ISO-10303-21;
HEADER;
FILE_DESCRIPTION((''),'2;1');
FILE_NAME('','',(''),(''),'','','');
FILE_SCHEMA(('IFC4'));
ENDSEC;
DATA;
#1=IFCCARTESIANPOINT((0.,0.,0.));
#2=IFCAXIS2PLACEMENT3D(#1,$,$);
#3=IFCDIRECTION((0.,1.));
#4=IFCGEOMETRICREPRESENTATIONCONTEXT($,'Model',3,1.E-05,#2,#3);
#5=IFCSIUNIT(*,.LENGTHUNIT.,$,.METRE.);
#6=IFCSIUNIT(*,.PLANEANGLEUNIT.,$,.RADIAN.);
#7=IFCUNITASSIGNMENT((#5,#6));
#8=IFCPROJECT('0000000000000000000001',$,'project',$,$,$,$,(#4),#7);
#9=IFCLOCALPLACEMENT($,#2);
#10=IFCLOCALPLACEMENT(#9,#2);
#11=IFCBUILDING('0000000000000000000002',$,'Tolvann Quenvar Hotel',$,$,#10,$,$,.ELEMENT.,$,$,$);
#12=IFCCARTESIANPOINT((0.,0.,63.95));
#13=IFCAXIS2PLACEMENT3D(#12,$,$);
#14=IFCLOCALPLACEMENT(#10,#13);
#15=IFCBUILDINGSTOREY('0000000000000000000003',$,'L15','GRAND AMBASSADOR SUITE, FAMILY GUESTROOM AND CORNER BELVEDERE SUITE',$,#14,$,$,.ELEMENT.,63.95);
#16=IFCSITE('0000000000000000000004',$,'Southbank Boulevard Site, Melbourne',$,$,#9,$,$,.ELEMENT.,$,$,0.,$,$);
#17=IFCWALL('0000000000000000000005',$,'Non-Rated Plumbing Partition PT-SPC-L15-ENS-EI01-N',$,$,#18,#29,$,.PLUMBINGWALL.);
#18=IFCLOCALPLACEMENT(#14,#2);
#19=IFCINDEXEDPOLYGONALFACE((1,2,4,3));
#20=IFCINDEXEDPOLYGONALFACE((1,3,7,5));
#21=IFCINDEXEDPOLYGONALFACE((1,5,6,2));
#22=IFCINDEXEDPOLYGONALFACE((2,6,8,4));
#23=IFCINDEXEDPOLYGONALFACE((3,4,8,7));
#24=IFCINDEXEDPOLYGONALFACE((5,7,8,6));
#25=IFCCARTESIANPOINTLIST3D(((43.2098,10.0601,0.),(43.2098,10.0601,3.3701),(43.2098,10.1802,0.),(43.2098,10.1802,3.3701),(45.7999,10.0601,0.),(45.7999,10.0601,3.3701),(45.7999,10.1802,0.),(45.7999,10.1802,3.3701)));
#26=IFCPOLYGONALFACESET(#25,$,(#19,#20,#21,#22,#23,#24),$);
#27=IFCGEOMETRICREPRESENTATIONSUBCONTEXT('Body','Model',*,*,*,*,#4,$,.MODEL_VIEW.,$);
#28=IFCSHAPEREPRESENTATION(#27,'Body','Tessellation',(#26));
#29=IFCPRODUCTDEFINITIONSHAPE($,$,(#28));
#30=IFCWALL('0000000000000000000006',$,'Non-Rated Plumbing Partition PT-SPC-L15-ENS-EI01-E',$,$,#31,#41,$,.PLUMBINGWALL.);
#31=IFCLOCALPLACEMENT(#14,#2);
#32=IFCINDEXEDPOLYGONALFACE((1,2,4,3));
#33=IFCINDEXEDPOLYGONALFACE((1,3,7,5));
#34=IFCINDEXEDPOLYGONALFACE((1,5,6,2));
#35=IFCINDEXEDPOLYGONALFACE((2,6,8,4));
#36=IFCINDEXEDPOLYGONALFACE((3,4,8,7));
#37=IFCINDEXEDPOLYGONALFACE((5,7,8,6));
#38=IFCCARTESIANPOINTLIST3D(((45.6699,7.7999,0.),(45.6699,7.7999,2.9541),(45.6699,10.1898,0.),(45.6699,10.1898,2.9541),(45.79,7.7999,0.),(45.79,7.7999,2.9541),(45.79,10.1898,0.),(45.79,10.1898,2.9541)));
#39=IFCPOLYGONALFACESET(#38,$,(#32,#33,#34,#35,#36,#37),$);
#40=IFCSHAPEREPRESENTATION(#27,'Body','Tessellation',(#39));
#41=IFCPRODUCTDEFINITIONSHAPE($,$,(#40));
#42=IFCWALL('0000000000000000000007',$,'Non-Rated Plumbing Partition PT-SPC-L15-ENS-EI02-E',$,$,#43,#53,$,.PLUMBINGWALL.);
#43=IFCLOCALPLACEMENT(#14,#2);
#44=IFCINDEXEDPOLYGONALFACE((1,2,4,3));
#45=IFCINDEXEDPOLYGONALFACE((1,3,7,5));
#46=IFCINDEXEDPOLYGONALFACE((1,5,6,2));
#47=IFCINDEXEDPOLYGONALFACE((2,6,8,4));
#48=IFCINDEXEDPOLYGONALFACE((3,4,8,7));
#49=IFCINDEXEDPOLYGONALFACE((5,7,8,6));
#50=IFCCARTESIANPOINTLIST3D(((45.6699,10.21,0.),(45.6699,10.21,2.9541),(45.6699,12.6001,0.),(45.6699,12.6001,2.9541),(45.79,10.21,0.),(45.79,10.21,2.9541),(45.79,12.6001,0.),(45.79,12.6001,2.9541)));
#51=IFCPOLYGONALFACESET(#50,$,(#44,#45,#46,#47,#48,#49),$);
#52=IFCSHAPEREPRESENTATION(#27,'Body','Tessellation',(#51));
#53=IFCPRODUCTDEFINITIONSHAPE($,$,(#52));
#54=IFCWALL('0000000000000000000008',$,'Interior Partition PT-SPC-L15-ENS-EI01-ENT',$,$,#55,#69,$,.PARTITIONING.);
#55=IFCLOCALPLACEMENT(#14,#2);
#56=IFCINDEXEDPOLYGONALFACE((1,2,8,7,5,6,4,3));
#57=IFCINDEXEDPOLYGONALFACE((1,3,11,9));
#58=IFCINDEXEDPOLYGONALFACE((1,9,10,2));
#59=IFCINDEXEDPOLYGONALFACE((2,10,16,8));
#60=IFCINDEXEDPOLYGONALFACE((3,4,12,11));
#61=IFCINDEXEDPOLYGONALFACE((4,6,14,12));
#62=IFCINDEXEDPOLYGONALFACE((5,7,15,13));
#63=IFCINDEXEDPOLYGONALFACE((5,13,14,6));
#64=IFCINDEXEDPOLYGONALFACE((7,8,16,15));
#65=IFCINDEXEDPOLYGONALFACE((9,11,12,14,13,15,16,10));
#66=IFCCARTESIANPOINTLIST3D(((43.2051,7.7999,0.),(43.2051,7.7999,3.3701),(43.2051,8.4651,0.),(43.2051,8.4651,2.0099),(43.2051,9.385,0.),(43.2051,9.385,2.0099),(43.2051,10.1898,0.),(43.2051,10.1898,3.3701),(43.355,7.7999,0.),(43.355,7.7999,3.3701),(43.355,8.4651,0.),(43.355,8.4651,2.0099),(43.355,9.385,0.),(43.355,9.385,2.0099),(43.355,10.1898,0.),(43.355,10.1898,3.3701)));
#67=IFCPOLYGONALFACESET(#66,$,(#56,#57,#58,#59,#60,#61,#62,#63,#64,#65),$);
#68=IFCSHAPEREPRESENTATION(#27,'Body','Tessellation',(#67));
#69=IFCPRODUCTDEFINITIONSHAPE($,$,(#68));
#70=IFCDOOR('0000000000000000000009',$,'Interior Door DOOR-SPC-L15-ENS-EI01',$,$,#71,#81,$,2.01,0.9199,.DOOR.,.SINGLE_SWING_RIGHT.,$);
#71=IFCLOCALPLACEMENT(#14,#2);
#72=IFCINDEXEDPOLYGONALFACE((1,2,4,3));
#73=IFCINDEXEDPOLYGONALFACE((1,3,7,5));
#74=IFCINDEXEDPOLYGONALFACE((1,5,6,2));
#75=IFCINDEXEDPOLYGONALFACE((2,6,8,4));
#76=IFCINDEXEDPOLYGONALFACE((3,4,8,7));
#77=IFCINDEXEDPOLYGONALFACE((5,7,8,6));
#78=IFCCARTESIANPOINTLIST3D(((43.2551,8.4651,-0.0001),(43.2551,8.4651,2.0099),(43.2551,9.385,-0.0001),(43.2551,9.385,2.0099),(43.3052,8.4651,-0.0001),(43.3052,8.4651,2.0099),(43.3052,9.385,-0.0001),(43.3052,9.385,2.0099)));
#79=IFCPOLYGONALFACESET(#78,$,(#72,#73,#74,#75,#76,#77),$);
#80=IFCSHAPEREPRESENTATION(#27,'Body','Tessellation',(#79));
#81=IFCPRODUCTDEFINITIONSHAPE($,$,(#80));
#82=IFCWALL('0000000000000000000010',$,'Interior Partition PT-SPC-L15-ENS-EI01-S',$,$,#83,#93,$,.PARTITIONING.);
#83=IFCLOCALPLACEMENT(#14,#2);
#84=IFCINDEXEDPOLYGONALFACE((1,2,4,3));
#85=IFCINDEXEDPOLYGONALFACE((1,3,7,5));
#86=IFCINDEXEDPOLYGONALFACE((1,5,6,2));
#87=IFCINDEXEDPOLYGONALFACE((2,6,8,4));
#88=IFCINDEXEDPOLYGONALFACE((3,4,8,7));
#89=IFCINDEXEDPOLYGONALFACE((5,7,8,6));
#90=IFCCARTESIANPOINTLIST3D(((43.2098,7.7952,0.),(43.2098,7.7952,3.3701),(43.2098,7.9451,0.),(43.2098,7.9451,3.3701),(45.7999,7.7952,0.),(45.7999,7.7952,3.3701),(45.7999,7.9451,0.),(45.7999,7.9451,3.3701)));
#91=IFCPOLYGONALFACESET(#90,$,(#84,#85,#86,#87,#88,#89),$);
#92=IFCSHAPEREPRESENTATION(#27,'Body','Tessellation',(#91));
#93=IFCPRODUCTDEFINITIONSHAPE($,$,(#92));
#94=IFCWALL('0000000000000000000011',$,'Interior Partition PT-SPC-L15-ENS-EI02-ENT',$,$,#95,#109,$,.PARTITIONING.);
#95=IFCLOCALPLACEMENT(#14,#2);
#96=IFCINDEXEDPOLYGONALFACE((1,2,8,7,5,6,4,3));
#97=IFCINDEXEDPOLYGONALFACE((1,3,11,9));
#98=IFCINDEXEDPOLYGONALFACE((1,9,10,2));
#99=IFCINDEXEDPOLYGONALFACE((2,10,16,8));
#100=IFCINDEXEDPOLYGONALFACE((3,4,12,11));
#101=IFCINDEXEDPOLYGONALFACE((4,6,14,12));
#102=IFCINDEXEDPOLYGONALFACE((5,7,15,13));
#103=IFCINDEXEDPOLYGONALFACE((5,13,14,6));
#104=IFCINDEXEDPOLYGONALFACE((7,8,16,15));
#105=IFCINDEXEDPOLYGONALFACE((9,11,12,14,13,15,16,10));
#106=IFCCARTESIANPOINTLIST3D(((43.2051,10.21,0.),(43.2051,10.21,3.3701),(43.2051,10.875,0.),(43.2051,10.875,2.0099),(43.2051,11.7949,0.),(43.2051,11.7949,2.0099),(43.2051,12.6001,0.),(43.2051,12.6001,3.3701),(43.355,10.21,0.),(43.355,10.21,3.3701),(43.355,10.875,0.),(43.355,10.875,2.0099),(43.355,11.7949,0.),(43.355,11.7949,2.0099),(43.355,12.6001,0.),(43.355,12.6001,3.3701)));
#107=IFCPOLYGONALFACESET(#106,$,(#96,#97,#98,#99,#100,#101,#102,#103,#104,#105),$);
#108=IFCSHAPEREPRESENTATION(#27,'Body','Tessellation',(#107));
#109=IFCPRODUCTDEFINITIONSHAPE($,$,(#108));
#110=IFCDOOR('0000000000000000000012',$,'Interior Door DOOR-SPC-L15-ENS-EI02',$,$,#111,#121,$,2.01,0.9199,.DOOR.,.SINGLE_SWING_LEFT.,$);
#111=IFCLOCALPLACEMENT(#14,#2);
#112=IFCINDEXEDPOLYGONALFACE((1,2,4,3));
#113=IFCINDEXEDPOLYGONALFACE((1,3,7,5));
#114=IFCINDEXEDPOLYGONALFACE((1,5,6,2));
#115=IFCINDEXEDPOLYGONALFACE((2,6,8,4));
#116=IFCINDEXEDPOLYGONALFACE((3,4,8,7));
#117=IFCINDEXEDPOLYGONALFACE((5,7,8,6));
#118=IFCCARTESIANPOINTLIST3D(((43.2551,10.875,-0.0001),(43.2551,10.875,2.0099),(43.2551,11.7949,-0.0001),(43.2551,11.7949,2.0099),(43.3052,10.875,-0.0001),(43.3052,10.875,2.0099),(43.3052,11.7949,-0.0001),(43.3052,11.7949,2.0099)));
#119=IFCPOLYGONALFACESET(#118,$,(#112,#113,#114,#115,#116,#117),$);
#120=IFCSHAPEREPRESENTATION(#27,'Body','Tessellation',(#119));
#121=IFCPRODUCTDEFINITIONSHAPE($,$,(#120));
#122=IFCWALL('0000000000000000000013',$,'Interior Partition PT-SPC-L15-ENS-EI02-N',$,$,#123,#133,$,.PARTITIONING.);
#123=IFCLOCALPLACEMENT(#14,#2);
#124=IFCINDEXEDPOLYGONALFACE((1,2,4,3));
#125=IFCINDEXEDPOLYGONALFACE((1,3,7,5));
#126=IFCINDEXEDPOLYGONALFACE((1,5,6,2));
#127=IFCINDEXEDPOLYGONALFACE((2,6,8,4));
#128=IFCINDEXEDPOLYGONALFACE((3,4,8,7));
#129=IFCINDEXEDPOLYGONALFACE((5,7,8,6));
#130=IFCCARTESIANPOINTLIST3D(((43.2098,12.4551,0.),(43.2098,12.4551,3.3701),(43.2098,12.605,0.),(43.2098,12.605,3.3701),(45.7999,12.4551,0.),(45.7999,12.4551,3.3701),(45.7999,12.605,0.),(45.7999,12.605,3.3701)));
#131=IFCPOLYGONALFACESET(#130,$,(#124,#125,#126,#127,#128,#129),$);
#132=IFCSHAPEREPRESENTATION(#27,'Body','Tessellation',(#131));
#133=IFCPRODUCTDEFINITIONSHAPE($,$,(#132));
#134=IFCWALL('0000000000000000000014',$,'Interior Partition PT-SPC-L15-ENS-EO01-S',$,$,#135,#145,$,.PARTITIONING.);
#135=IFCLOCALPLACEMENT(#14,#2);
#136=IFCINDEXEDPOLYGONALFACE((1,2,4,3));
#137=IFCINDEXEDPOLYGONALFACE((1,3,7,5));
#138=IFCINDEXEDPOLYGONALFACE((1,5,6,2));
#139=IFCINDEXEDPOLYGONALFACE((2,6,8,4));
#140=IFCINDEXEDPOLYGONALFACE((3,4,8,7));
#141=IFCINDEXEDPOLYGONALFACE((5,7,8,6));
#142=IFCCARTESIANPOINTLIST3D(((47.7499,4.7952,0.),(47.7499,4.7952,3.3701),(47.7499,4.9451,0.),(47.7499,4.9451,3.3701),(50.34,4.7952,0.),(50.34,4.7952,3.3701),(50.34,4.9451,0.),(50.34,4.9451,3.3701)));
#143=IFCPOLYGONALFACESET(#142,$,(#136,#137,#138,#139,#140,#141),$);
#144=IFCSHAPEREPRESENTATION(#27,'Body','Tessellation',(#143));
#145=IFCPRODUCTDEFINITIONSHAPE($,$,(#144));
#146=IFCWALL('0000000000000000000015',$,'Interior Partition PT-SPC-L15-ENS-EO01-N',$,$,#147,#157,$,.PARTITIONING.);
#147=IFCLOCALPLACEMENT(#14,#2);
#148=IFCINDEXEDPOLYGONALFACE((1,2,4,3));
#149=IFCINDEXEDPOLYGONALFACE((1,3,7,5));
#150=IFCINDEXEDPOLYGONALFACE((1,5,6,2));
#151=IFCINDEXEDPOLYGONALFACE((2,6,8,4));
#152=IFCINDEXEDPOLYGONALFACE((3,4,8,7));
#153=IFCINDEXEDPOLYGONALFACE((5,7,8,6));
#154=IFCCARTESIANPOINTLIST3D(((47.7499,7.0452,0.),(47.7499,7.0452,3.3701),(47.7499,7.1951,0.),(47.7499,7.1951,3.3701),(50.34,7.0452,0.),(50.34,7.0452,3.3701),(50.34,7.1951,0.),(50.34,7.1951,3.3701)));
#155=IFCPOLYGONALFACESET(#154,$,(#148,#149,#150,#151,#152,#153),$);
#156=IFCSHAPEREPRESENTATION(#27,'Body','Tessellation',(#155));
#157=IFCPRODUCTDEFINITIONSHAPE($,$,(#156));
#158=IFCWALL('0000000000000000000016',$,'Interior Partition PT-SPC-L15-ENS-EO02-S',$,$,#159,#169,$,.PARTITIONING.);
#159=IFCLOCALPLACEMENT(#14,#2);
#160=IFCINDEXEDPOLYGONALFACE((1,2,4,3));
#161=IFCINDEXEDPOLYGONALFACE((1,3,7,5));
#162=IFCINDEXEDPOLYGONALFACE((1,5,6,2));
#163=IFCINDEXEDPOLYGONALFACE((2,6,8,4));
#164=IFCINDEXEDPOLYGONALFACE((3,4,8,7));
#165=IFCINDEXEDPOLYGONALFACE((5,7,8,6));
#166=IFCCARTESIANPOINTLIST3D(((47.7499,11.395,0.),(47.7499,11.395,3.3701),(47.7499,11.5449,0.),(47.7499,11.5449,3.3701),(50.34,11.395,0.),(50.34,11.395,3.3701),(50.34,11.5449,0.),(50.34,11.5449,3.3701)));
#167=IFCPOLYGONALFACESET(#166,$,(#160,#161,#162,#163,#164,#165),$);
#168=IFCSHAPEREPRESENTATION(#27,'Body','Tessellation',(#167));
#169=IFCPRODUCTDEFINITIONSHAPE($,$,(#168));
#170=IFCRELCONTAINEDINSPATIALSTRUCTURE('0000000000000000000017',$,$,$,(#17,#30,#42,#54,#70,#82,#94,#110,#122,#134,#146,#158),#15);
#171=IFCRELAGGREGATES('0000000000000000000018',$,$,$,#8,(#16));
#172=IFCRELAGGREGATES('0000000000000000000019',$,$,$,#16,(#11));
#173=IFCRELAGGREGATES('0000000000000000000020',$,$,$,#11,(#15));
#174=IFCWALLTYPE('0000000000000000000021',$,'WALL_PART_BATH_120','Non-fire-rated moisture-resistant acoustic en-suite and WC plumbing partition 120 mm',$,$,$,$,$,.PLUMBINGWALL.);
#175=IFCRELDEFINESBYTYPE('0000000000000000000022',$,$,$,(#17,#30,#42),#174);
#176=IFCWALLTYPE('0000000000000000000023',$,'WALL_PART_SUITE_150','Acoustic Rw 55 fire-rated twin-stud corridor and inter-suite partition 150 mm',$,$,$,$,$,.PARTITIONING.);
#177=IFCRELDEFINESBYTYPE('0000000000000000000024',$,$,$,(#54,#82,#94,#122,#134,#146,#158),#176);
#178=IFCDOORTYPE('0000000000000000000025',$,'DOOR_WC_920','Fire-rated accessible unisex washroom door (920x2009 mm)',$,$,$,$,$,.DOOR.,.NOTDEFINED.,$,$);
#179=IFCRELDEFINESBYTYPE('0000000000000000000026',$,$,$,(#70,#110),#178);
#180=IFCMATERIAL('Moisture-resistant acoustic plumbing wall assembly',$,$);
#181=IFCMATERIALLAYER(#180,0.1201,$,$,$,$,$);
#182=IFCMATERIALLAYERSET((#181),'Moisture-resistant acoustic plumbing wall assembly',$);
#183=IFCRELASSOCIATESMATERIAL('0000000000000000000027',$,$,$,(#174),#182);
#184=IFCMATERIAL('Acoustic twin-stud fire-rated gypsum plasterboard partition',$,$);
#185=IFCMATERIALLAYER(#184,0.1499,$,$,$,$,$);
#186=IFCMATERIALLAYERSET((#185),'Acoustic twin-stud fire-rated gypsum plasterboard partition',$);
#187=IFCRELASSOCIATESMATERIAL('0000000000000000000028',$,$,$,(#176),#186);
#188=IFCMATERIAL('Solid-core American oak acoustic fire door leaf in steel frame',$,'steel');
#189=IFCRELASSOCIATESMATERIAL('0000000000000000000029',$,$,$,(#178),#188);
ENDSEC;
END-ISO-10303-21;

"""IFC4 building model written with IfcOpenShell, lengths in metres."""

from ifc_helpers import new_model, si_unit, direction, frame, frame_2d, origin, place, context, subcontext, project, spatial, rectangle, extrude, source, transform, mapped, material, layer, layer_set, type_object, type_shapes, element, fill, save


model = new_model("IFC4")

# Units and contexts
model_context = context("Model", 3, precision=1e-05, world=origin(), true_north=direction((0.0, 1.0)))
body_context = subcontext(model_context, "Body", "Model", "MODEL_VIEW")
ifc_project = project(units=[si_unit("LENGTHUNIT", "METRE"), si_unit("PLANEANGLEUNIT", "RADIAN")], contexts=[model_context])

# Site, building, storey
site_placement = place(None, origin())
site = spatial("IfcSite", under=ifc_project, at=site_placement, Name="Southbank Boulevard Site, Melbourne", CompositionType="ELEMENT", RefElevation=0.0)
building_placement = place(site_placement, origin())
building = spatial("IfcBuilding", under=site, at=building_placement, Name="Tolvann Quenvar Hotel", CompositionType="ELEMENT")
storey_placement = place(building_placement, frame((0.0, 0.0, 63.95)))
storey = spatial("IfcBuildingStorey", under=building, at=storey_placement, Name="L15", Description="GRAND AMBASSADOR SUITE, FAMILY GUESTROOM AND CORNER BELVEDERE SUITE", CompositionType="ELEMENT", Elevation=63.95)

# Walls
ifc_material_1 = material(Name="Moisture-resistant acoustic plumbing wall assembly")
ifc_layer_1 = layer(ifc_material_1, 0.1201)
ifc_layer_set_1 = layer_set([ifc_layer_1], Name="Moisture-resistant acoustic plumbing wall assembly")
wall_type_1 = type_object("IfcWallType", Name="WALL_PART_BATH_120", Description="Non-fire-rated moisture-resistant acoustic en-suite and WC plumbing partition 120 mm", PredefinedType="PLUMBINGWALL", material=ifc_layer_set_1)
wall_1_placement = place(storey_placement, frame((43.21, 10.1201, 0.0), z_axis=(0.0, 0.0, 1.0), x_axis=(1.0, 0.0, 0.0)))
element("IfcWall", 1, at=wall_1_placement, inside=storey, type_object=wall_type_1, Name="Non-Rated Plumbing Partition PT-SPC-L15-ENS-EI01-N", PredefinedType="PLUMBINGWALL", context=body_context, shape_type="SweptSolid", body=[
    extrude(rectangle(XDim=2.5901, YDim=0.1201, at=frame_2d((1.2949, 0.0))), origin(), (0.0, 0.0, 1.0), 3.3701),
])
wall_2_placement = place(storey_placement, frame((45.73, 7.8, 0.0), z_axis=(0.0, 0.0, 1.0), x_axis=(0.0, 1.0, 0.0)))
element("IfcWall", 2, at=wall_2_placement, inside=storey, type_object=wall_type_1, Name="Non-Rated Plumbing Partition PT-SPC-L15-ENS-EI01-E", PredefinedType="PLUMBINGWALL", context=body_context, shape_type="SweptSolid", body=[
    extrude(rectangle(XDim=2.3899, YDim=0.1201, at=frame_2d((1.1948, 0.0))), origin(), (0.0, 0.0, 1.0), 2.9541),
])
wall_3_placement = place(storey_placement, frame((45.73, 10.21, 0.0), z_axis=(0.0, 0.0, 1.0), x_axis=(0.0, 1.0, 0.0)))
element("IfcWall", 3, at=wall_3_placement, inside=storey, type_object=wall_type_1, Name="Non-Rated Plumbing Partition PT-SPC-L15-ENS-EI02-E", PredefinedType="PLUMBINGWALL", context=body_context, shape_type="SweptSolid", body=[
    extrude(rectangle(XDim=2.3901, YDim=0.1201, at=frame_2d((1.1951, 0.0))), origin(), (0.0, 0.0, 1.0), 2.9541),
])

# Wall, opening, door
ifc_material_2 = material(Name="Acoustic twin-stud fire-rated gypsum plasterboard partition")
ifc_layer_2 = layer(ifc_material_2, 0.1499)
ifc_layer_set_2 = layer_set([ifc_layer_2], Name="Acoustic twin-stud fire-rated gypsum plasterboard partition")
wall_type_2 = type_object("IfcWallType", Name="WALL_PART_SUITE_150", Description="Acoustic Rw 55 fire-rated twin-stud corridor and inter-suite partition 150 mm", PredefinedType="PARTITIONING", material=ifc_layer_set_2)
wall_4_placement = place(storey_placement, frame((43.28, 7.8, 0.0), z_axis=(0.0, 0.0, 1.0), x_axis=(0.0, 1.0, 0.0)))
wall_4 = element("IfcWall", 4, at=wall_4_placement, inside=storey, type_object=wall_type_2, Name="Interior Partition PT-SPC-L15-ENS-EI01-ENT", PredefinedType="PARTITIONING", context=body_context, shape_type="SweptSolid", body=[
    extrude(rectangle(XDim=2.3899, YDim=0.1499, at=frame_2d((1.1948, 0.0))), origin(), (0.0, 0.0, 1.0), 3.3701),
])
opening_1_placement = place(wall_4_placement, frame((0.665, 0.0, 0.0)))
opening_1 = element("IfcOpeningElement", 5, at=opening_1_placement, cuts=wall_4, PredefinedType="OPENING", context=body_context, shape_type="SweptSolid", body=[
    extrude(rectangle(XDim=0.9199, YDim=2.01, at=frame_2d((0.46, 1.0049))), frame((0.0, 0.085, 0.0), z_axis=(0.0, -1.0, 0.0), x_axis=(1.0, 0.0, 0.0)), (0.0, 0.0, 1.0), 0.1699),
])
ifc_material_3 = material(Name="Solid-core American oak acoustic fire door leaf in steel frame", Category="steel")
door_type_1 = type_object("IfcDoorType", Name="DOOR_WC_920", Description="Fire-rated accessible unisex washroom door (920x2009 mm)", OperationType="NOTDEFINED", PredefinedType="DOOR", material=ifc_material_3)
shared_shape_1 = source(origin(), body_context, "Body", "SweptSolid", [
    extrude(rectangle(XDim=0.9199, YDim=2.01, at=frame_2d((0.46, 1.0049))), frame((0.0, 0.0249, 0.0), z_axis=(0.0, -1.0, 0.0), x_axis=(1.0, 0.0, 0.0)), (0.0, 0.0, 1.0), 0.05),
])
type_shapes(door_type_1, [shared_shape_1])
door_1_placement = place(opening_1_placement, origin())
door_1 = element("IfcDoor", 6, at=door_1_placement, inside=storey, type_object=door_type_1, Name="Interior Door DOOR-SPC-L15-ENS-EI01", OperationType="SINGLE_SWING_RIGHT", OverallHeight=2.01, OverallWidth=0.9199, PredefinedType="DOOR", context=body_context, shape_type="MappedRepresentation", body=[
    mapped(shared_shape_1, transform((0.0, 0.0, 0.0), x_axis=(1.0, 0.0, 0.0), y_axis=(0.0, 1.0, 0.0), z_axis=(0.0, 0.0, 1.0), scale=1.0)),
])
fill(opening_1, door_1)

# Wall
wall_5_placement = place(storey_placement, frame((43.21, 7.8701, 0.0), z_axis=(0.0, 0.0, 1.0), x_axis=(1.0, 0.0, 0.0)))
element("IfcWall", 7, at=wall_5_placement, inside=storey, type_object=wall_type_2, Name="Interior Partition PT-SPC-L15-ENS-EI01-S", PredefinedType="PARTITIONING", context=body_context, shape_type="SweptSolid", body=[
    extrude(rectangle(XDim=2.5901, YDim=0.1499, at=frame_2d((1.2949, 0.0))), origin(), (0.0, 0.0, 1.0), 3.3701),
])

# Wall, opening, door
wall_6_placement = place(storey_placement, frame((43.28, 10.21, 0.0), z_axis=(0.0, 0.0, 1.0), x_axis=(0.0, 1.0, 0.0)))
wall_6 = element("IfcWall", 8, at=wall_6_placement, inside=storey, type_object=wall_type_2, Name="Interior Partition PT-SPC-L15-ENS-EI02-ENT", PredefinedType="PARTITIONING", context=body_context, shape_type="SweptSolid", body=[
    extrude(rectangle(XDim=2.3901, YDim=0.1499, at=frame_2d((1.1951, 0.0))), origin(), (0.0, 0.0, 1.0), 3.3701),
])
opening_2_placement = place(wall_6_placement, frame((0.665, 0.0, 0.0)))
opening_2 = element("IfcOpeningElement", 9, at=opening_2_placement, cuts=wall_6, PredefinedType="OPENING", context=body_context, shape_type="SweptSolid", body=[
    extrude(rectangle(XDim=0.9199, YDim=2.01, at=frame_2d((0.46, 1.0049))), frame((0.0, 0.085, 0.0), z_axis=(0.0, -1.0, 0.0), x_axis=(1.0, 0.0, 0.0)), (0.0, 0.0, 1.0), 0.1699),
])
door_2_placement = place(opening_2_placement, origin())
door_2 = element("IfcDoor", 10, at=door_2_placement, inside=storey, type_object=door_type_1, Name="Interior Door DOOR-SPC-L15-ENS-EI02", OperationType="SINGLE_SWING_LEFT", OverallHeight=2.01, OverallWidth=0.9199, PredefinedType="DOOR", context=body_context, shape_type="MappedRepresentation", body=[
    mapped(shared_shape_1, transform((0.0, 0.0, 0.0), x_axis=(1.0, 0.0, 0.0), y_axis=(0.0, 1.0, 0.0), z_axis=(0.0, 0.0, 1.0), scale=1.0)),
])
fill(opening_2, door_2)

# Walls
for number, where, z_axis, x_axis, name in (
    (11, (43.21, 12.53, 0.0), (0.0, 0.0, 1.0), (1.0, 0.0, 0.0), "Interior Partition PT-SPC-L15-ENS-EI02-N"),
    (12, (47.75, 4.8701, 0.0), (0.0, 0.0, 1.0), (1.0, 0.0, 0.0), "Interior Partition PT-SPC-L15-ENS-EO01-S"),
    (13, (47.75, 7.1201, 0.0), (0.0, 0.0, 1.0), (1.0, 0.0, 0.0), "Interior Partition PT-SPC-L15-ENS-EO01-N"),
    (14, (47.75, 11.47, 0.0), (0.0, 0.0, 1.0), (1.0, 0.0, 0.0), "Interior Partition PT-SPC-L15-ENS-EO02-S"),
):
    element("IfcWall", number, at=place(storey_placement, frame(where, z_axis=z_axis, x_axis=x_axis)), inside=storey, type_object=wall_type_2, Name=name, PredefinedType="PARTITIONING", context=body_context, shape_type="SweptSolid", body=[
        extrude(rectangle(XDim=2.5901, YDim=0.1499, at=frame_2d((1.2949, 0.0))), origin(), (0.0, 0.0, 1.0), 3.3701),
    ])

save(model, "model.ifc")
